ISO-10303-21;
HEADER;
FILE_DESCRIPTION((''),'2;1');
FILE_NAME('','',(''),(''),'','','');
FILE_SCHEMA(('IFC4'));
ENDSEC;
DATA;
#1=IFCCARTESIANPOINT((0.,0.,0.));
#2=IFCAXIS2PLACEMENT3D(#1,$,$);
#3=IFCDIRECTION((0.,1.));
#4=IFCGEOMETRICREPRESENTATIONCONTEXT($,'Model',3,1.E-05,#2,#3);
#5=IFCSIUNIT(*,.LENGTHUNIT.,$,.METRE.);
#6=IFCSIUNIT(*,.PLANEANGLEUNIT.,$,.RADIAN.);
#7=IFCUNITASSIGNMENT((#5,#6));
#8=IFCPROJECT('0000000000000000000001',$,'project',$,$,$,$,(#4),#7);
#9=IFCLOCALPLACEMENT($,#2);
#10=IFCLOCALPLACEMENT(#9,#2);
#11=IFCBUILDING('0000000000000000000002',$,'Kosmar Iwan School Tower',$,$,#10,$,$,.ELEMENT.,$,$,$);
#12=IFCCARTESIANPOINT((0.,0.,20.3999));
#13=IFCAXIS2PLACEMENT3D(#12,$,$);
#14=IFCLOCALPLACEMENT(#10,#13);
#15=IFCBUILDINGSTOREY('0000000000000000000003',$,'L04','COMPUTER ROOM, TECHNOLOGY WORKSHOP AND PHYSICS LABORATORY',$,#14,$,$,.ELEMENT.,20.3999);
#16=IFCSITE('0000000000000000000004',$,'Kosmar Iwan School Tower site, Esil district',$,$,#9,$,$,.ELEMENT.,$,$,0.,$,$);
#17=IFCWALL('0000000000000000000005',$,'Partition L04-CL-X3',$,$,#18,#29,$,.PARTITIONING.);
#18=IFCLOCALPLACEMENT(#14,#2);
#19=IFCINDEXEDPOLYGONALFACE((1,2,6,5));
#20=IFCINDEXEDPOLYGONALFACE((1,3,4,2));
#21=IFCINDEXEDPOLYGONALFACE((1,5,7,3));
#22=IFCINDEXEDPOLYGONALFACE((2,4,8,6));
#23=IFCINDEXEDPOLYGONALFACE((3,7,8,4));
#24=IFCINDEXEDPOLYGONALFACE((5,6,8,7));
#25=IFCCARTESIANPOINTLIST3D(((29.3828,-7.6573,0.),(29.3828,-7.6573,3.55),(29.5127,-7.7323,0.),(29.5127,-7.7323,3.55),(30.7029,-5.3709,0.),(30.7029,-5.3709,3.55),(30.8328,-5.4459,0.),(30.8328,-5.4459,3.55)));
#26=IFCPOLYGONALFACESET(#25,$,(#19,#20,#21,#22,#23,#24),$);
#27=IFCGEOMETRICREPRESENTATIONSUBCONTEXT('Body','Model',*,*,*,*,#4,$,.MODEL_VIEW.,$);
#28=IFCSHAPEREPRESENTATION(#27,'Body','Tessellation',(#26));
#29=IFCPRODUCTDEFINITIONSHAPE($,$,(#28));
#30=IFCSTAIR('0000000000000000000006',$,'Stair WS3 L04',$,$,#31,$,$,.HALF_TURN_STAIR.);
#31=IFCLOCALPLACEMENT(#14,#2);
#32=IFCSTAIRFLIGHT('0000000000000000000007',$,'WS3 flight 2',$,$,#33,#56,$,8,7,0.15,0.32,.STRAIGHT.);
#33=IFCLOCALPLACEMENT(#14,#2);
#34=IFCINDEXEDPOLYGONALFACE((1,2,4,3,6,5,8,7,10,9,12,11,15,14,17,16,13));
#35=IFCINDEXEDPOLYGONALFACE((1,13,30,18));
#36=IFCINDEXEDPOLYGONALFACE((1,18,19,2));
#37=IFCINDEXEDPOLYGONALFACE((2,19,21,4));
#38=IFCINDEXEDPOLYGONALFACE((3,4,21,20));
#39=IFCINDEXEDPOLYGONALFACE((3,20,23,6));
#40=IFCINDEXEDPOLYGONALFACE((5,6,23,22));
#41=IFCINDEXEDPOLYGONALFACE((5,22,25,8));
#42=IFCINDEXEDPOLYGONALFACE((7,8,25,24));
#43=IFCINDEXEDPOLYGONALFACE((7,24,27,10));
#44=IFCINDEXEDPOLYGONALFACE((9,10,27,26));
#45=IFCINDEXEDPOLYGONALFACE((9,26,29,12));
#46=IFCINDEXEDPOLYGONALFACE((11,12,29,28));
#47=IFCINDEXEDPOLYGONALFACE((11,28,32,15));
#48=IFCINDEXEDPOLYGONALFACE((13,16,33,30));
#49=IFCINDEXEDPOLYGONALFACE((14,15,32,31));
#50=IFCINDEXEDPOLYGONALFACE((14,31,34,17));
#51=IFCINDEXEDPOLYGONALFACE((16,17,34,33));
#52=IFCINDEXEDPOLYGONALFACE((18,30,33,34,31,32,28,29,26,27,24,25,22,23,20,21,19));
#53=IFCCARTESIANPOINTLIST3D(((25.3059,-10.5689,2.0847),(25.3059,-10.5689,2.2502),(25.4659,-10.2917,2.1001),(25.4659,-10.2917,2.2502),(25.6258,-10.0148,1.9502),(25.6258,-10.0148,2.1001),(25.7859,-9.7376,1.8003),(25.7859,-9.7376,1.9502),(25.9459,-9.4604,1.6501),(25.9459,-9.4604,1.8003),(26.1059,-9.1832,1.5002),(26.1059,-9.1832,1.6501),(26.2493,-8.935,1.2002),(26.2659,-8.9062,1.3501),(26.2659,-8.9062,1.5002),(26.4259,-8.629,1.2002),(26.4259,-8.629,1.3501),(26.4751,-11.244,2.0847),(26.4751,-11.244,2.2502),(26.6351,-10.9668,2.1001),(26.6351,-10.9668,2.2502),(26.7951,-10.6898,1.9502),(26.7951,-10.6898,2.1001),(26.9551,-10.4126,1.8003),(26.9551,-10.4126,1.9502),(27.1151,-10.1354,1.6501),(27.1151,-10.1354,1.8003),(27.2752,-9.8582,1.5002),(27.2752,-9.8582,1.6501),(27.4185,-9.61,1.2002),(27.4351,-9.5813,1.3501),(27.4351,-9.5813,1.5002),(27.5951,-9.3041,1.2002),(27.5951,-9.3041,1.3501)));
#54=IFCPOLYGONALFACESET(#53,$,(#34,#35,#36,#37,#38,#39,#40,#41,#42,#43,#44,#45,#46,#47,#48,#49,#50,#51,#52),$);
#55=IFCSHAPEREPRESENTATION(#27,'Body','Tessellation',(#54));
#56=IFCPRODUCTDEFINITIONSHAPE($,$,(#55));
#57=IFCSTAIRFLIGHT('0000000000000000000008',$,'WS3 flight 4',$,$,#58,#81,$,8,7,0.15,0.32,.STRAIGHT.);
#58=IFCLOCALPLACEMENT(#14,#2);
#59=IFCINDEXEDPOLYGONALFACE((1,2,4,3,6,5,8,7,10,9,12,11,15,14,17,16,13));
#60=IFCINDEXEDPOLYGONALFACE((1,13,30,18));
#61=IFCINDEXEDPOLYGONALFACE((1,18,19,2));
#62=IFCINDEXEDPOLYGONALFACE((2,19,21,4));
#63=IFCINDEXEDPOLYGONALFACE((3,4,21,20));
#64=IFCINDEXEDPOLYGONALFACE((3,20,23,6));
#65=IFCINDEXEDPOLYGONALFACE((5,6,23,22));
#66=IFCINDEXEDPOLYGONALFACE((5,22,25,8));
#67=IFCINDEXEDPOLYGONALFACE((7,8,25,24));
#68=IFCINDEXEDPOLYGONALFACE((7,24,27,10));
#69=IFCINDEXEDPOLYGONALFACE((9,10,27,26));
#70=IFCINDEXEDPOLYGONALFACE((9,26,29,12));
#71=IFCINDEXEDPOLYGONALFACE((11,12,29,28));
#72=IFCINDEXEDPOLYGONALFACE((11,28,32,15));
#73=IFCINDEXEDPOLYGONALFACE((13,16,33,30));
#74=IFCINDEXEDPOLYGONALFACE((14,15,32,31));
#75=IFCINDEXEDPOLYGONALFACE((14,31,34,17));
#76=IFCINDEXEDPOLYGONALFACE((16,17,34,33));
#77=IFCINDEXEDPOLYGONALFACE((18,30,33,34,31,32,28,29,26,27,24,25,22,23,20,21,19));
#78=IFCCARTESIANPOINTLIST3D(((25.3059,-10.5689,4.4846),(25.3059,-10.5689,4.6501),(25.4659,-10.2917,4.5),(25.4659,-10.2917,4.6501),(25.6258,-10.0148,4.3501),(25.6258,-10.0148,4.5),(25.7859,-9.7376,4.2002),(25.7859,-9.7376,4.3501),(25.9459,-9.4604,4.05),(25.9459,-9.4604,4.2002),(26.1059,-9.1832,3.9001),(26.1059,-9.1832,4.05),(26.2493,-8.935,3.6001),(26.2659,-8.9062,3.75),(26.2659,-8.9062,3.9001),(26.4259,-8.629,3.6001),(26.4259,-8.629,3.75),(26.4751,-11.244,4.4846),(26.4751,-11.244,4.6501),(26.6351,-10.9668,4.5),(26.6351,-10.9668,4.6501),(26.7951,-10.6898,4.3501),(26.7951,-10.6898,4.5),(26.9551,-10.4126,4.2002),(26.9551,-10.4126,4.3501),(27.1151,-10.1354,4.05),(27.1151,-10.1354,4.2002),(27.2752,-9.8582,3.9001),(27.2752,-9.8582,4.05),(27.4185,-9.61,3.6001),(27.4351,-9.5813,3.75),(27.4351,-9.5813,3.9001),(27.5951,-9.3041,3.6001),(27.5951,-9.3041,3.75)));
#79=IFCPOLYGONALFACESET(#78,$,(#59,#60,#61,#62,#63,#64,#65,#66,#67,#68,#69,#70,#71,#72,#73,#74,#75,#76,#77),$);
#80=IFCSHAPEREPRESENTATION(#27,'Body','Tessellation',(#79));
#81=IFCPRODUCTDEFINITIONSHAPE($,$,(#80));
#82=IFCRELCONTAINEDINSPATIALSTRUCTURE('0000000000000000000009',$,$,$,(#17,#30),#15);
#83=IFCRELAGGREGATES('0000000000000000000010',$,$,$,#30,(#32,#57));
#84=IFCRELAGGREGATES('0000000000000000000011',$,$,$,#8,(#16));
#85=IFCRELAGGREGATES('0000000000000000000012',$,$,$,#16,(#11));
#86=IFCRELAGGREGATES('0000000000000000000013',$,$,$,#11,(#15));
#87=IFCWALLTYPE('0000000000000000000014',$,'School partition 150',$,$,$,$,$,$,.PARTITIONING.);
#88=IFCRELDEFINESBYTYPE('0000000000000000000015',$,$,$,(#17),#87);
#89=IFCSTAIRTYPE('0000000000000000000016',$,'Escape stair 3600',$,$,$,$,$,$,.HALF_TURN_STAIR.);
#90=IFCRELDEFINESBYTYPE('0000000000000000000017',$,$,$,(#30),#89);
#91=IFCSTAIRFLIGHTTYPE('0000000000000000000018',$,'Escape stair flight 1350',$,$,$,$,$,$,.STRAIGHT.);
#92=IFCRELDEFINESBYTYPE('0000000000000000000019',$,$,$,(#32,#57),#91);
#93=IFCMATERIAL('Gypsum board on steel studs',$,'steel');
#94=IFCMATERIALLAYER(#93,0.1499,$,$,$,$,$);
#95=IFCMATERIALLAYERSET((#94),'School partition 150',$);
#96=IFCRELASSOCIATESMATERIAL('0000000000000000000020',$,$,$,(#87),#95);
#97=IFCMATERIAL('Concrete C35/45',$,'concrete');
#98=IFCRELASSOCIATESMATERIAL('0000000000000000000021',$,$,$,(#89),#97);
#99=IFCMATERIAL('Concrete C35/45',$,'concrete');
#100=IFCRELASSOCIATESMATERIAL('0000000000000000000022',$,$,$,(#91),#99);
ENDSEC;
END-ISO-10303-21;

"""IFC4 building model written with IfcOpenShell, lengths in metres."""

from ifc_helpers import new_model, si_unit, direction, frame, frame_2d, origin, place, context, subcontext, project, spatial, polyline, rectangle, outline, extrude, material, layer, layer_set, type_object, element, aggregate, save


model = new_model("IFC4")

# Units and contexts
model_context = context("Model", 3, precision=1e-05, world=origin(), true_north=direction((0.0, 1.0)))
body_context = subcontext(model_context, "Body", "Model", "MODEL_VIEW")
ifc_project = project(units=[si_unit("LENGTHUNIT", "METRE"), si_unit("PLANEANGLEUNIT", "RADIAN")], contexts=[model_context])

# Site, building, storey
site_placement = place(None, origin())
site = spatial("IfcSite", under=ifc_project, at=site_placement, Name="Kosmar Iwan School Tower site, Esil district", CompositionType="ELEMENT", RefElevation=0.0)
building_placement = place(site_placement, origin())
building = spatial("IfcBuilding", under=site, at=building_placement, Name="Kosmar Iwan School Tower", CompositionType="ELEMENT")
storey_placement = place(building_placement, frame((0.0, 0.0, 20.3999)))
storey = spatial("IfcBuildingStorey", under=building, at=storey_placement, Name="L04", Description="COMPUTER ROOM, TECHNOLOGY WORKSHOP AND PHYSICS LABORATORY", CompositionType="ELEMENT", Elevation=20.3999)

# Wall
ifc_material_1 = material(Name="Gypsum board on steel studs", Category="steel")
ifc_layer_1 = layer(ifc_material_1, 0.1499)
ifc_layer_set_1 = layer_set([ifc_layer_1], Name="School partition 150")
wall_type_1 = type_object("IfcWallType", Name="School partition 150", PredefinedType="PARTITIONING", material=ifc_layer_set_1)
wall_1_placement = place(storey_placement, frame((29.4478, -7.6948, 0.0), z_axis=(0.0, 0.0, 1.0), x_axis=(0.500008, 0.866021, 0.0)))
element("IfcWall", 1, at=wall_1_placement, inside=storey, type_object=wall_type_1, Name="Partition L04-CL-X3", PredefinedType="PARTITIONING", context=body_context, shape_type="SweptSolid", body=[
    extrude(rectangle(XDim=2.6401, YDim=0.1499, at=frame_2d((1.3201, 0.0))), origin(), (0.0, 0.0, 1.0), 3.55),
])

# Stair, stair flights
ifc_material_2 = material(Name="Concrete C35/45", Category="concrete")
stair_type = type_object("IfcStairType", Name="Escape stair 3600", PredefinedType="HALF_TURN_STAIR", material=ifc_material_2)
stair_placement = place(storey_placement, origin())
stair = element("IfcStair", 2, at=stair_placement, inside=storey, type_object=stair_type, Name="Stair WS3 L04", PredefinedType="HALF_TURN_STAIR")
ifc_material_3 = material(Name="Concrete C35/45", Category="concrete")
stair_flight_type = type_object("IfcStairFlightType", Name="Escape stair flight 1350", PredefinedType="STRAIGHT", material=ifc_material_3)
stair_flight_1_placement = place(storey_placement, frame((27.0105, -8.9666, 1.2002), z_axis=(0.0, 0.0, 1.0), x_axis=(-0.5, -0.866025, 0.0)))
stair_flight_1 = element("IfcStairFlight", 3, at=stair_flight_1_placement, type_object=stair_flight_type, Name="WS3 flight 2", NumberOfRisers=8, NumberOfTreads=7, PredefinedType="STRAIGHT", RiserHeight=0.15, TreadLength=0.32, context=body_context, shape_type="SweptSolid", body=[
    extrude(outline(polyline([(0.0, 0.0), (0.0, 0.1499), (0.3201, 0.1499), (0.3201, 0.3), (0.6399, 0.3), (0.6399, 0.45), (0.96, 0.45), (0.96, 0.6001), (1.28, 0.6001), (1.28, 0.75), (1.6001, 0.75), (1.6001, 0.8999), (1.9199, 0.8999), (1.9199, 1.05), (2.24, 1.05), (2.24, 1.2), (2.24, 0.8845), (0.3533, 0.0), (0.0, 0.0)])), frame((0.0, 0.675, 0.0), z_axis=(0.0, -1.0, 0.0), x_axis=(1.0, 0.0, 0.0)), (0.0, 0.0, 1.0), 1.3501),
])
stair_flight_2_placement = place(storey_placement, frame((27.0105, -8.9666, 3.6001), z_axis=(0.0, 0.0, 1.0), x_axis=(-0.5, -0.866025, 0.0)))
stair_flight_2 = element("IfcStairFlight", 4, at=stair_flight_2_placement, type_object=stair_flight_type, Name="WS3 flight 4", NumberOfRisers=8, NumberOfTreads=7, PredefinedType="STRAIGHT", RiserHeight=0.15, TreadLength=0.32, context=body_context, shape_type="SweptSolid", body=[
    extrude(outline(polyline([(0.0, 0.0), (0.0, 0.1499), (0.3201, 0.1499), (0.3201, 0.3), (0.6399, 0.3), (0.6399, 0.45), (0.96, 0.45), (0.96, 0.6001), (1.28, 0.6001), (1.28, 0.75), (1.6001, 0.75), (1.6001, 0.8999), (1.9199, 0.8999), (1.9199, 1.05), (2.24, 1.05), (2.24, 1.2), (2.24, 0.8845), (0.3533, 0.0), (0.0, 0.0)])), frame((0.0, 0.675, 0.0), z_axis=(0.0, -1.0, 0.0), x_axis=(1.0, 0.0, 0.0)), (0.0, 0.0, 1.0), 1.3501),
])
aggregate(stair, [stair_flight_1, stair_flight_2])

save(model, "model.ifc")
